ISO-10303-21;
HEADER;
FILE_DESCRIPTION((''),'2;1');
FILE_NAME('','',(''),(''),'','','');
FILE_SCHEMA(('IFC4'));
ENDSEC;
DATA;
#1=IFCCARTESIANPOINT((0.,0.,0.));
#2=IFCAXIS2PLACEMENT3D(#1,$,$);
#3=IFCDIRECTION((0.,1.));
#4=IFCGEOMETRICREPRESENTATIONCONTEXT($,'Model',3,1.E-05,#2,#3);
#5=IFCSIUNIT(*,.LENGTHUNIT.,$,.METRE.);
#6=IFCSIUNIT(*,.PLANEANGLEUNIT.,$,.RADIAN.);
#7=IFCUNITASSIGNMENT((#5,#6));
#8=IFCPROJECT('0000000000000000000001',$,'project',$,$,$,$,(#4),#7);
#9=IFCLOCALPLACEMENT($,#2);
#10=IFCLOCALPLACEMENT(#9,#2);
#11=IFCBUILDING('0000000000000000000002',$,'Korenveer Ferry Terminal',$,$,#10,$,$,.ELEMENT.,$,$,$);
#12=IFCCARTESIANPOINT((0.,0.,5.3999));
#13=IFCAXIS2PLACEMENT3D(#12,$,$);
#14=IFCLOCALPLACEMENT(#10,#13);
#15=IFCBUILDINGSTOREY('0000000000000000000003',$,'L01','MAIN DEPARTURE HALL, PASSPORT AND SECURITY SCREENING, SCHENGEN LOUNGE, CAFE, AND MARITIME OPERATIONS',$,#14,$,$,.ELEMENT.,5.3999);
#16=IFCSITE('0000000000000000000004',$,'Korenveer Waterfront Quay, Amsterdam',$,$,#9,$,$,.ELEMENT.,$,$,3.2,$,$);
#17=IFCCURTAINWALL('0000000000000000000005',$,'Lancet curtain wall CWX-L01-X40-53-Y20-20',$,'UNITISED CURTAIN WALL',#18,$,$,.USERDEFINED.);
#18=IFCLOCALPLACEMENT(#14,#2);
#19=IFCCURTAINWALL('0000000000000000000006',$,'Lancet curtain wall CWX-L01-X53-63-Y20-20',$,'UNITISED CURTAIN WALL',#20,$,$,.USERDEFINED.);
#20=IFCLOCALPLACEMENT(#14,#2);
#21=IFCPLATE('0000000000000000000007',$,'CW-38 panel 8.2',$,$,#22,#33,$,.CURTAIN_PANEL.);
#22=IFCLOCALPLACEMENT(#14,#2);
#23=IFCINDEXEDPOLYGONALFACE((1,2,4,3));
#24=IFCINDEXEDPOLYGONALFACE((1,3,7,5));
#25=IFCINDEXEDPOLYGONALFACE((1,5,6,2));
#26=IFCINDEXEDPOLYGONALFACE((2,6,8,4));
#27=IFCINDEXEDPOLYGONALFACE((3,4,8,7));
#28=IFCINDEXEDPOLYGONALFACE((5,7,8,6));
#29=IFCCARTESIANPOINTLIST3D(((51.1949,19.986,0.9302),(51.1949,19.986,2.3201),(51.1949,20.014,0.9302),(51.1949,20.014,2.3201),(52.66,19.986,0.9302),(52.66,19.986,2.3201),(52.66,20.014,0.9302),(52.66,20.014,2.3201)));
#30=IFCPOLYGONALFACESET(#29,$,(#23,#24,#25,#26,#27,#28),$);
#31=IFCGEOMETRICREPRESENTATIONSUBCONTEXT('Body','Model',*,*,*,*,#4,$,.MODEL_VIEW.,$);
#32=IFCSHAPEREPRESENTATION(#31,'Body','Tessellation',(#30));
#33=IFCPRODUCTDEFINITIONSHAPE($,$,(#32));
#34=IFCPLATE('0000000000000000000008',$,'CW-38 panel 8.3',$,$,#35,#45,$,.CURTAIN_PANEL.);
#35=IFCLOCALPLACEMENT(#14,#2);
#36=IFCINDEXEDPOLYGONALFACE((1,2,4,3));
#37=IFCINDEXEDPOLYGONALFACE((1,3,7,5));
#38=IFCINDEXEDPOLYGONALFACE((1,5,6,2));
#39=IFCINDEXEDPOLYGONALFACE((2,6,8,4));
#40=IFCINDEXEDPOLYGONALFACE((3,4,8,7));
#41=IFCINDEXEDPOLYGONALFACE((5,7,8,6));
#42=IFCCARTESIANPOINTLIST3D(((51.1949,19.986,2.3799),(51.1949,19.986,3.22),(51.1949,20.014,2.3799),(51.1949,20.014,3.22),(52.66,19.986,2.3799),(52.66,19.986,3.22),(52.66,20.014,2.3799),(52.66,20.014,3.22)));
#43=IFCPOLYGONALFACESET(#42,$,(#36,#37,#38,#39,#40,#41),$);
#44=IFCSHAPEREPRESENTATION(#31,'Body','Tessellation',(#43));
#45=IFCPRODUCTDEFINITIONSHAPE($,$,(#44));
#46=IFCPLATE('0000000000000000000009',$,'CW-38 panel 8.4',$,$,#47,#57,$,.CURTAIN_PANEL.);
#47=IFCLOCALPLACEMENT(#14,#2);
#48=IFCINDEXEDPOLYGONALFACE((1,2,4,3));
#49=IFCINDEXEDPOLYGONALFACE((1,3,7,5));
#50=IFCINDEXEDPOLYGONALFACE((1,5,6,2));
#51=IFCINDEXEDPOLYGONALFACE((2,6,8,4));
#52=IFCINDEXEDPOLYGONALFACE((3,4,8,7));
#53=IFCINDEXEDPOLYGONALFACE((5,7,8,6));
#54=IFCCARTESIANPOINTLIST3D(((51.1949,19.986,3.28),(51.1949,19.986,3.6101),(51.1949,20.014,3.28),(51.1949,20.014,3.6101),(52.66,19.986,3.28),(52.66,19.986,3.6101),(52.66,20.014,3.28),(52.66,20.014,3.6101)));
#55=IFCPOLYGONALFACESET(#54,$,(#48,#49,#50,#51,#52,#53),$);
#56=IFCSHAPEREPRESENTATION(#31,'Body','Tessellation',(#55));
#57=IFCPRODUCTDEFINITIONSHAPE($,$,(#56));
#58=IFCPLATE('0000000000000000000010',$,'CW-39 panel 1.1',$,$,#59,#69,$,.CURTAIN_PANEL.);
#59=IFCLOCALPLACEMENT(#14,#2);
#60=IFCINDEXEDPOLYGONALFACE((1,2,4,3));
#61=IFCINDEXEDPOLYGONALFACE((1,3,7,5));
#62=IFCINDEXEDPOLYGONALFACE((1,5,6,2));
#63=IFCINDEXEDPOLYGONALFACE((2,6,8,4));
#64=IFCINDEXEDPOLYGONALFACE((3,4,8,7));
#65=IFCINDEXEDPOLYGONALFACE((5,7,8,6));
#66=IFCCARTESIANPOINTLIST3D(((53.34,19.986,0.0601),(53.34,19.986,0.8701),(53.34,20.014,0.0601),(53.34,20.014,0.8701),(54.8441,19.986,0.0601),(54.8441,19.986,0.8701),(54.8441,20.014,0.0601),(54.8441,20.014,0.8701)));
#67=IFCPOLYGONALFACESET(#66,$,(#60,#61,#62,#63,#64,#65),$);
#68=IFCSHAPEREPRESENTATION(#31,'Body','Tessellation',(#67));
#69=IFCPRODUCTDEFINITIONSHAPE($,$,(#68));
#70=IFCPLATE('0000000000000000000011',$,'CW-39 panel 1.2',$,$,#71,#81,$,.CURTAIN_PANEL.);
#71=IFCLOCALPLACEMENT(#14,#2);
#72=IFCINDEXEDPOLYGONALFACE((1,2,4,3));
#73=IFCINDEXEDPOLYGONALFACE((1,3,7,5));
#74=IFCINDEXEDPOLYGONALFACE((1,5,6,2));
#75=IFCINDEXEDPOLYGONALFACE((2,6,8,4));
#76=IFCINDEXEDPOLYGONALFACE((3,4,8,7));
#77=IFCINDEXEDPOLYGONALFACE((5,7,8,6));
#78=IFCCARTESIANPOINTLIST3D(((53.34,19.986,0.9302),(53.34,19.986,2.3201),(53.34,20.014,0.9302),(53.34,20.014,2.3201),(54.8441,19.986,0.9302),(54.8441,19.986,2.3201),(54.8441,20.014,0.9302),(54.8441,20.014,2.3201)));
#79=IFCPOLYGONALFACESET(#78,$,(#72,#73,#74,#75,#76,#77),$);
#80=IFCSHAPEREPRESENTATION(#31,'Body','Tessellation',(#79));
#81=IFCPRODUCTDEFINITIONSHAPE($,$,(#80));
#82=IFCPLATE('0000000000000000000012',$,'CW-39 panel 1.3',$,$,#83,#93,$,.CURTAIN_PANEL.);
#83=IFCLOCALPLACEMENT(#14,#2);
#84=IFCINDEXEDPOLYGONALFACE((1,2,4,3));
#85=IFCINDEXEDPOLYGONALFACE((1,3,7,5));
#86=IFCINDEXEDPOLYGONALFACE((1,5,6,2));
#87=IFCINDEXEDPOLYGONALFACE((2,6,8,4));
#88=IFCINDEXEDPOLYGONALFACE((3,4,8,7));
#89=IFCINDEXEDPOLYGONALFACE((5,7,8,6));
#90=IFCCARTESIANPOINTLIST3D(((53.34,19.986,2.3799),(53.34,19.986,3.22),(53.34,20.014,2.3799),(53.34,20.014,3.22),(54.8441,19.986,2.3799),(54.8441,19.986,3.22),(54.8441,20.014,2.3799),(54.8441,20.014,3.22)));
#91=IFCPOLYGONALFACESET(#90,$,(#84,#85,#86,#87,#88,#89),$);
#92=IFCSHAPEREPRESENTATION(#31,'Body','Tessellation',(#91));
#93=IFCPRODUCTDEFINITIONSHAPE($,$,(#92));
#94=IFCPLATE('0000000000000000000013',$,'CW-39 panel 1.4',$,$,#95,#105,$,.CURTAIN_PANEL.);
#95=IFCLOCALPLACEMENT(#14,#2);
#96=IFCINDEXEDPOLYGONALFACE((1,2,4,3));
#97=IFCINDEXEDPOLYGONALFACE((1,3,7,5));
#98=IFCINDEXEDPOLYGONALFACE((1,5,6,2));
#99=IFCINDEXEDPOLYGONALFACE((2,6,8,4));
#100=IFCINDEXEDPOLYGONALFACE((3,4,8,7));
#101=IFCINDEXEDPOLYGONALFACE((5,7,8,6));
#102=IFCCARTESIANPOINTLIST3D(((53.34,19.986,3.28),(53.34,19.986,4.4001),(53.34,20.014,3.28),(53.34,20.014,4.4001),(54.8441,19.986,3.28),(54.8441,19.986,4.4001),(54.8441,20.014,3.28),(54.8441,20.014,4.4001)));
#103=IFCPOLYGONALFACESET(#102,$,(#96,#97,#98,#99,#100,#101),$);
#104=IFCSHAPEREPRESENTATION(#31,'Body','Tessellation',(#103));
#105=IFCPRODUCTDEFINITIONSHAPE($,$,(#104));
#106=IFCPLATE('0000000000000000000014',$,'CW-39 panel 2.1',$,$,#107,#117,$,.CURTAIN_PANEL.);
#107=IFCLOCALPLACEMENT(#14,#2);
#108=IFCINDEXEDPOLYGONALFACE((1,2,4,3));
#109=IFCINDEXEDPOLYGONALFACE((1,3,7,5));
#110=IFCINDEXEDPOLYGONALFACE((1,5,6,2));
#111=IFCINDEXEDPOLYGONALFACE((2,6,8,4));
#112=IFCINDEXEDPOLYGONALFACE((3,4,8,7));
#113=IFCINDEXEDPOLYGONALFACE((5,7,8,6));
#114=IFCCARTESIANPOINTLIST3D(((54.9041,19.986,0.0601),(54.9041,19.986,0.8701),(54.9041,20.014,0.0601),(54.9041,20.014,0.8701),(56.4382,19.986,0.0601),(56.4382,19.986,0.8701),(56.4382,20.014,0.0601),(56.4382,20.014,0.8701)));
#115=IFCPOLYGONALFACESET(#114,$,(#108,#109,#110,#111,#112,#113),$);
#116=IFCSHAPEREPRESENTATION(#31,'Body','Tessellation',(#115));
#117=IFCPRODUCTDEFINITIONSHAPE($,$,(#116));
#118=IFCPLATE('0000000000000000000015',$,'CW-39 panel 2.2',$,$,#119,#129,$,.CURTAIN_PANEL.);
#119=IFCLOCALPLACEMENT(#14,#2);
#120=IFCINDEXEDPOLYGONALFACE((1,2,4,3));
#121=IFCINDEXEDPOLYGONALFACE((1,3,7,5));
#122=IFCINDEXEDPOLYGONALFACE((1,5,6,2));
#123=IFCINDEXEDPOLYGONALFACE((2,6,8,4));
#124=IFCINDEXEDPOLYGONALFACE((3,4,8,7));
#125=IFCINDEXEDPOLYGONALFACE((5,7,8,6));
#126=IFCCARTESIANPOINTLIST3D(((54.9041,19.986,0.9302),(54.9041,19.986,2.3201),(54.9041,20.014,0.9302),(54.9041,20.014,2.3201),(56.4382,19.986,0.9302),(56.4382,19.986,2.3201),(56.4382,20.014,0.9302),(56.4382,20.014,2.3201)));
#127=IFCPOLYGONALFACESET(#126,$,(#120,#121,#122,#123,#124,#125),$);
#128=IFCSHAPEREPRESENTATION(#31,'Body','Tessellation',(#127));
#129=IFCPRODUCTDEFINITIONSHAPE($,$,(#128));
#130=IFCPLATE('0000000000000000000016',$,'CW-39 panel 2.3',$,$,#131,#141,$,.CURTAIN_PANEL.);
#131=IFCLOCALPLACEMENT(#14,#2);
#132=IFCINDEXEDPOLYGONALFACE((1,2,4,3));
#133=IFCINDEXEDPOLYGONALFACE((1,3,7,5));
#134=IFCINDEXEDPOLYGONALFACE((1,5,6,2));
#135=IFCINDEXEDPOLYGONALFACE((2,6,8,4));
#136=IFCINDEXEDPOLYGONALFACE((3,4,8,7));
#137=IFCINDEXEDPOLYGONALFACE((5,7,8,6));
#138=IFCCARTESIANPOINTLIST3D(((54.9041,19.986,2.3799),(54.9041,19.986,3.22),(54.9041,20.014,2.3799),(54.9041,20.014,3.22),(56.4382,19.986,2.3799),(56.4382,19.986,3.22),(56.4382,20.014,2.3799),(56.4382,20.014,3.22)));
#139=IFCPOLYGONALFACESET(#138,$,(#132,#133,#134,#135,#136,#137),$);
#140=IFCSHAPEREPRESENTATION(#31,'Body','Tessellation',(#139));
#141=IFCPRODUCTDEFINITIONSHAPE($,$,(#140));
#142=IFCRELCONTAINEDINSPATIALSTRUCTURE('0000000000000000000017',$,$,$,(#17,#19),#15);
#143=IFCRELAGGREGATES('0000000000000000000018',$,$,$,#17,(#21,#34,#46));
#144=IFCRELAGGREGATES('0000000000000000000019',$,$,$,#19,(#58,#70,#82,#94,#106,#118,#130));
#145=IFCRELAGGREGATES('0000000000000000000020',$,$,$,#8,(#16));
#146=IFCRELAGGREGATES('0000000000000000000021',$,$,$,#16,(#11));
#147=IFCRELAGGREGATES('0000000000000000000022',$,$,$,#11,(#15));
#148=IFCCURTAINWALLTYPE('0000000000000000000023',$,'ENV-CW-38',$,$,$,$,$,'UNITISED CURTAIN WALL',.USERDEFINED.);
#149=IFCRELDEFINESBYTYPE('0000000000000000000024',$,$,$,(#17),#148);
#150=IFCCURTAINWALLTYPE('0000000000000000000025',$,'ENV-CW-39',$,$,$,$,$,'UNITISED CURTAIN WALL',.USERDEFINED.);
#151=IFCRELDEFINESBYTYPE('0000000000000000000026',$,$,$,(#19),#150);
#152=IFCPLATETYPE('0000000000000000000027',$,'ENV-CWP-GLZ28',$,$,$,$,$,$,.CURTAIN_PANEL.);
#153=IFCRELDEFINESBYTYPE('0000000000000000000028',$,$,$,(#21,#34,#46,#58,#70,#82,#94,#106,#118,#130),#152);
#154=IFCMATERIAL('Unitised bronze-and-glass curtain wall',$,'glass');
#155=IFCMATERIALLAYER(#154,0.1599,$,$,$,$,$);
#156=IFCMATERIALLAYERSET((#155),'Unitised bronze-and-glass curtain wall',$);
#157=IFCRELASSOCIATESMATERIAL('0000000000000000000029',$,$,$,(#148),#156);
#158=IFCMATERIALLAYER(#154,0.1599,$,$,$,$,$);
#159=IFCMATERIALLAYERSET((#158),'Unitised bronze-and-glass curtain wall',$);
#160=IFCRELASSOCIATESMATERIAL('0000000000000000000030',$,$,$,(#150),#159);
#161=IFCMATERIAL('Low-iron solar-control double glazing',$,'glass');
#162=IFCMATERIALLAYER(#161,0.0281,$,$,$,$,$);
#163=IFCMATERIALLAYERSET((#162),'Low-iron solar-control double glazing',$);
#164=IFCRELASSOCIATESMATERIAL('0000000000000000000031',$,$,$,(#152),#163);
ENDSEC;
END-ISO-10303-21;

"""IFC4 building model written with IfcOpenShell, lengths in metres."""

from ifc_helpers import new_model, si_unit, direction, frame, origin, origin_2d, place, context, subcontext, project, spatial, rectangle, extrude, material, layer, layer_set, type_object, element, aggregate, save


model = new_model("IFC4")

# Units and contexts
model_context = context("Model", 3, precision=1e-05, world=origin(), true_north=direction((0.0, 1.0)))
body_context = subcontext(model_context, "Body", "Model", "MODEL_VIEW")
ifc_project = project(units=[si_unit("LENGTHUNIT", "METRE"), si_unit("PLANEANGLEUNIT", "RADIAN")], contexts=[model_context])

# Site, building, storey
site_placement = place(None, origin())
site = spatial("IfcSite", under=ifc_project, at=site_placement, Name="Korenveer Waterfront Quay, Amsterdam", CompositionType="ELEMENT", RefElevation=3.2)
building_placement = place(site_placement, origin())
building = spatial("IfcBuilding", under=site, at=building_placement, Name="Korenveer Ferry Terminal", CompositionType="ELEMENT")
storey_placement = place(building_placement, frame((0.0, 0.0, 5.3999)))
storey = spatial("IfcBuildingStorey", under=building, at=storey_placement, Name="L01", Description="MAIN DEPARTURE HALL, PASSPORT AND SECURITY SCREENING, SCHENGEN LOUNGE, CAFE, AND MARITIME OPERATIONS", CompositionType="ELEMENT", Elevation=5.3999)

# Curtain walls
ifc_material_1 = material(Name="Unitised bronze-and-glass curtain wall", Category="glass")
ifc_layer_1 = layer(ifc_material_1, 0.1599)
ifc_layer_set_1 = layer_set([ifc_layer_1], Name="Unitised bronze-and-glass curtain wall")
curtain_wall_type_1 = type_object("IfcCurtainWallType", Name="ENV-CW-38", ElementType="UNITISED CURTAIN WALL", PredefinedType="USERDEFINED", material=ifc_layer_set_1)
curtain_wall_1_placement = place(storey_placement, frame((40.28, 20.0, 0.0)))
curtain_wall_1 = element("IfcCurtainWall", 1, at=curtain_wall_1_placement, inside=storey, type_object=curtain_wall_type_1, Name="Lancet curtain wall CWX-L01-X40-53-Y20-20", ObjectType="UNITISED CURTAIN WALL", PredefinedType="USERDEFINED")
ifc_layer_2 = layer(ifc_material_1, 0.1599)
ifc_layer_set_2 = layer_set([ifc_layer_2], Name="Unitised bronze-and-glass curtain wall")
curtain_wall_type_2 = type_object("IfcCurtainWallType", Name="ENV-CW-39", ElementType="UNITISED CURTAIN WALL", PredefinedType="USERDEFINED", material=ifc_layer_set_2)
curtain_wall_2_placement = place(storey_placement, frame((53.28, 20.0, 0.0)))
curtain_wall_2 = element("IfcCurtainWall", 2, at=curtain_wall_2_placement, inside=storey, type_object=curtain_wall_type_2, Name="Lancet curtain wall CWX-L01-X53-63-Y20-20", ObjectType="UNITISED CURTAIN WALL", PredefinedType="USERDEFINED")

# Plates
ifc_material_2 = material(Name="Low-iron solar-control double glazing", Category="glass")
ifc_layer_3 = layer(ifc_material_2, 0.0281)
ifc_layer_set_3 = layer_set([ifc_layer_3], Name="Low-iron solar-control double glazing")
plate_type = type_object("IfcPlateType", Name="ENV-CWP-GLZ28", PredefinedType="CURTAIN_PANEL", material=ifc_layer_set_3)
plate_1_placement = place(storey_placement, frame((51.9275, 20.0, 0.9302), z_axis=(0.0, 0.0, 1.0), x_axis=(1.0, 0.0, 0.0)))
plate_1 = element("IfcPlate", 3, at=plate_1_placement, type_object=plate_type, Name="CW-38 panel 8.2", PredefinedType="CURTAIN_PANEL", context=body_context, shape_type="SweptSolid", body=[
    extrude(rectangle(XDim=1.4651, YDim=0.0281, at=origin_2d()), origin(), (0.0, 0.0, 1.0), 1.3899),
])
plate_2_placement = place(storey_placement, frame((51.9275, 20.0, 2.3799), z_axis=(0.0, 0.0, 1.0), x_axis=(1.0, 0.0, 0.0)))
plate_2 = element("IfcPlate", 4, at=plate_2_placement, type_object=plate_type, Name="CW-38 panel 8.3", PredefinedType="CURTAIN_PANEL", context=body_context, shape_type="SweptSolid", body=[
    extrude(rectangle(XDim=1.4651, YDim=0.0281, at=origin_2d()), origin(), (0.0, 0.0, 1.0), 0.8401),
])
plate_3_placement = place(storey_placement, frame((51.9275, 20.0, 3.28), z_axis=(0.0, 0.0, 1.0), x_axis=(1.0, 0.0, 0.0)))
plate_3 = element("IfcPlate", 5, at=plate_3_placement, type_object=plate_type, Name="CW-38 panel 8.4", PredefinedType="CURTAIN_PANEL", context=body_context, shape_type="SweptSolid", body=[
    extrude(rectangle(XDim=1.4651, YDim=0.0281, at=origin_2d()), origin(), (0.0, 0.0, 1.0), 0.3301),
])
aggregate(curtain_wall_1, [plate_1, plate_2, plate_3])
plate_4_placement = place(storey_placement, frame((54.092, 20.0, 0.0601), z_axis=(0.0, 0.0, 1.0), x_axis=(1.0, 0.0, 0.0)))
plate_4 = element("IfcPlate", 6, at=plate_4_placement, type_object=plate_type, Name="CW-39 panel 1.1", PredefinedType="CURTAIN_PANEL", context=body_context, shape_type="SweptSolid", body=[
    extrude(rectangle(XDim=1.5042, YDim=0.0281, at=origin_2d()), origin(), (0.0, 0.0, 1.0), 0.8101),
])
plate_5_placement = place(storey_placement, frame((54.092, 20.0, 0.9302), z_axis=(0.0, 0.0, 1.0), x_axis=(1.0, 0.0, 0.0)))
plate_5 = element("IfcPlate", 7, at=plate_5_placement, type_object=plate_type, Name="CW-39 panel 1.2", PredefinedType="CURTAIN_PANEL", context=body_context, shape_type="SweptSolid", body=[
    extrude(rectangle(XDim=1.5042, YDim=0.0281, at=origin_2d()), origin(), (0.0, 0.0, 1.0), 1.3899),
])
plate_6_placement = place(storey_placement, frame((54.092, 20.0, 2.3799), z_axis=(0.0, 0.0, 1.0), x_axis=(1.0, 0.0, 0.0)))
plate_6 = element("IfcPlate", 8, at=plate_6_placement, type_object=plate_type, Name="CW-39 panel 1.3", PredefinedType="CURTAIN_PANEL", context=body_context, shape_type="SweptSolid", body=[
    extrude(rectangle(XDim=1.5042, YDim=0.0281, at=origin_2d()), origin(), (0.0, 0.0, 1.0), 0.8401),
])
plate_7_placement = place(storey_placement, frame((54.092, 20.0, 3.28), z_axis=(0.0, 0.0, 1.0), x_axis=(1.0, 0.0, 0.0)))
plate_7 = element("IfcPlate", 9, at=plate_7_placement, type_object=plate_type, Name="CW-39 panel 1.4", PredefinedType="CURTAIN_PANEL", context=body_context, shape_type="SweptSolid", body=[
    extrude(rectangle(XDim=1.5042, YDim=0.0281, at=origin_2d()), origin(), (0.0, 0.0, 1.0), 1.1201),
])
plate_8_placement = place(storey_placement, frame((55.6711, 20.0, 0.0601), z_axis=(0.0, 0.0, 1.0), x_axis=(1.0, 0.0, 0.0)))
plate_8 = element("IfcPlate", 10, at=plate_8_placement, type_object=plate_type, Name="CW-39 panel 2.1", PredefinedType="CURTAIN_PANEL", context=body_context, shape_type="SweptSolid", body=[
    extrude(rectangle(XDim=1.5342, YDim=0.0281, at=origin_2d()), origin(), (0.0, 0.0, 1.0), 0.8101),
])
plate_9_placement = place(storey_placement, frame((55.6711, 20.0, 0.9302), z_axis=(0.0, 0.0, 1.0), x_axis=(1.0, 0.0, 0.0)))
plate_9 = element("IfcPlate", 11, at=plate_9_placement, type_object=plate_type, Name="CW-39 panel 2.2", PredefinedType="CURTAIN_PANEL", context=body_context, shape_type="SweptSolid", body=[
    extrude(rectangle(XDim=1.5342, YDim=0.0281, at=origin_2d()), origin(), (0.0, 0.0, 1.0), 1.3899),
])
plate_10_placement = place(storey_placement, frame((55.6711, 20.0, 2.3799), z_axis=(0.0, 0.0, 1.0), x_axis=(1.0, 0.0, 0.0)))
plate_10 = element("IfcPlate", 12, at=plate_10_placement, type_object=plate_type, Name="CW-39 panel 2.3", PredefinedType="CURTAIN_PANEL", context=body_context, shape_type="SweptSolid", body=[
    extrude(rectangle(XDim=1.5342, YDim=0.0281, at=origin_2d()), origin(), (0.0, 0.0, 1.0), 0.8401),
])
aggregate(curtain_wall_2, [plate_4, plate_5, plate_6, plate_7, plate_8, plate_9, plate_10])

save(model, "model.ifc")
